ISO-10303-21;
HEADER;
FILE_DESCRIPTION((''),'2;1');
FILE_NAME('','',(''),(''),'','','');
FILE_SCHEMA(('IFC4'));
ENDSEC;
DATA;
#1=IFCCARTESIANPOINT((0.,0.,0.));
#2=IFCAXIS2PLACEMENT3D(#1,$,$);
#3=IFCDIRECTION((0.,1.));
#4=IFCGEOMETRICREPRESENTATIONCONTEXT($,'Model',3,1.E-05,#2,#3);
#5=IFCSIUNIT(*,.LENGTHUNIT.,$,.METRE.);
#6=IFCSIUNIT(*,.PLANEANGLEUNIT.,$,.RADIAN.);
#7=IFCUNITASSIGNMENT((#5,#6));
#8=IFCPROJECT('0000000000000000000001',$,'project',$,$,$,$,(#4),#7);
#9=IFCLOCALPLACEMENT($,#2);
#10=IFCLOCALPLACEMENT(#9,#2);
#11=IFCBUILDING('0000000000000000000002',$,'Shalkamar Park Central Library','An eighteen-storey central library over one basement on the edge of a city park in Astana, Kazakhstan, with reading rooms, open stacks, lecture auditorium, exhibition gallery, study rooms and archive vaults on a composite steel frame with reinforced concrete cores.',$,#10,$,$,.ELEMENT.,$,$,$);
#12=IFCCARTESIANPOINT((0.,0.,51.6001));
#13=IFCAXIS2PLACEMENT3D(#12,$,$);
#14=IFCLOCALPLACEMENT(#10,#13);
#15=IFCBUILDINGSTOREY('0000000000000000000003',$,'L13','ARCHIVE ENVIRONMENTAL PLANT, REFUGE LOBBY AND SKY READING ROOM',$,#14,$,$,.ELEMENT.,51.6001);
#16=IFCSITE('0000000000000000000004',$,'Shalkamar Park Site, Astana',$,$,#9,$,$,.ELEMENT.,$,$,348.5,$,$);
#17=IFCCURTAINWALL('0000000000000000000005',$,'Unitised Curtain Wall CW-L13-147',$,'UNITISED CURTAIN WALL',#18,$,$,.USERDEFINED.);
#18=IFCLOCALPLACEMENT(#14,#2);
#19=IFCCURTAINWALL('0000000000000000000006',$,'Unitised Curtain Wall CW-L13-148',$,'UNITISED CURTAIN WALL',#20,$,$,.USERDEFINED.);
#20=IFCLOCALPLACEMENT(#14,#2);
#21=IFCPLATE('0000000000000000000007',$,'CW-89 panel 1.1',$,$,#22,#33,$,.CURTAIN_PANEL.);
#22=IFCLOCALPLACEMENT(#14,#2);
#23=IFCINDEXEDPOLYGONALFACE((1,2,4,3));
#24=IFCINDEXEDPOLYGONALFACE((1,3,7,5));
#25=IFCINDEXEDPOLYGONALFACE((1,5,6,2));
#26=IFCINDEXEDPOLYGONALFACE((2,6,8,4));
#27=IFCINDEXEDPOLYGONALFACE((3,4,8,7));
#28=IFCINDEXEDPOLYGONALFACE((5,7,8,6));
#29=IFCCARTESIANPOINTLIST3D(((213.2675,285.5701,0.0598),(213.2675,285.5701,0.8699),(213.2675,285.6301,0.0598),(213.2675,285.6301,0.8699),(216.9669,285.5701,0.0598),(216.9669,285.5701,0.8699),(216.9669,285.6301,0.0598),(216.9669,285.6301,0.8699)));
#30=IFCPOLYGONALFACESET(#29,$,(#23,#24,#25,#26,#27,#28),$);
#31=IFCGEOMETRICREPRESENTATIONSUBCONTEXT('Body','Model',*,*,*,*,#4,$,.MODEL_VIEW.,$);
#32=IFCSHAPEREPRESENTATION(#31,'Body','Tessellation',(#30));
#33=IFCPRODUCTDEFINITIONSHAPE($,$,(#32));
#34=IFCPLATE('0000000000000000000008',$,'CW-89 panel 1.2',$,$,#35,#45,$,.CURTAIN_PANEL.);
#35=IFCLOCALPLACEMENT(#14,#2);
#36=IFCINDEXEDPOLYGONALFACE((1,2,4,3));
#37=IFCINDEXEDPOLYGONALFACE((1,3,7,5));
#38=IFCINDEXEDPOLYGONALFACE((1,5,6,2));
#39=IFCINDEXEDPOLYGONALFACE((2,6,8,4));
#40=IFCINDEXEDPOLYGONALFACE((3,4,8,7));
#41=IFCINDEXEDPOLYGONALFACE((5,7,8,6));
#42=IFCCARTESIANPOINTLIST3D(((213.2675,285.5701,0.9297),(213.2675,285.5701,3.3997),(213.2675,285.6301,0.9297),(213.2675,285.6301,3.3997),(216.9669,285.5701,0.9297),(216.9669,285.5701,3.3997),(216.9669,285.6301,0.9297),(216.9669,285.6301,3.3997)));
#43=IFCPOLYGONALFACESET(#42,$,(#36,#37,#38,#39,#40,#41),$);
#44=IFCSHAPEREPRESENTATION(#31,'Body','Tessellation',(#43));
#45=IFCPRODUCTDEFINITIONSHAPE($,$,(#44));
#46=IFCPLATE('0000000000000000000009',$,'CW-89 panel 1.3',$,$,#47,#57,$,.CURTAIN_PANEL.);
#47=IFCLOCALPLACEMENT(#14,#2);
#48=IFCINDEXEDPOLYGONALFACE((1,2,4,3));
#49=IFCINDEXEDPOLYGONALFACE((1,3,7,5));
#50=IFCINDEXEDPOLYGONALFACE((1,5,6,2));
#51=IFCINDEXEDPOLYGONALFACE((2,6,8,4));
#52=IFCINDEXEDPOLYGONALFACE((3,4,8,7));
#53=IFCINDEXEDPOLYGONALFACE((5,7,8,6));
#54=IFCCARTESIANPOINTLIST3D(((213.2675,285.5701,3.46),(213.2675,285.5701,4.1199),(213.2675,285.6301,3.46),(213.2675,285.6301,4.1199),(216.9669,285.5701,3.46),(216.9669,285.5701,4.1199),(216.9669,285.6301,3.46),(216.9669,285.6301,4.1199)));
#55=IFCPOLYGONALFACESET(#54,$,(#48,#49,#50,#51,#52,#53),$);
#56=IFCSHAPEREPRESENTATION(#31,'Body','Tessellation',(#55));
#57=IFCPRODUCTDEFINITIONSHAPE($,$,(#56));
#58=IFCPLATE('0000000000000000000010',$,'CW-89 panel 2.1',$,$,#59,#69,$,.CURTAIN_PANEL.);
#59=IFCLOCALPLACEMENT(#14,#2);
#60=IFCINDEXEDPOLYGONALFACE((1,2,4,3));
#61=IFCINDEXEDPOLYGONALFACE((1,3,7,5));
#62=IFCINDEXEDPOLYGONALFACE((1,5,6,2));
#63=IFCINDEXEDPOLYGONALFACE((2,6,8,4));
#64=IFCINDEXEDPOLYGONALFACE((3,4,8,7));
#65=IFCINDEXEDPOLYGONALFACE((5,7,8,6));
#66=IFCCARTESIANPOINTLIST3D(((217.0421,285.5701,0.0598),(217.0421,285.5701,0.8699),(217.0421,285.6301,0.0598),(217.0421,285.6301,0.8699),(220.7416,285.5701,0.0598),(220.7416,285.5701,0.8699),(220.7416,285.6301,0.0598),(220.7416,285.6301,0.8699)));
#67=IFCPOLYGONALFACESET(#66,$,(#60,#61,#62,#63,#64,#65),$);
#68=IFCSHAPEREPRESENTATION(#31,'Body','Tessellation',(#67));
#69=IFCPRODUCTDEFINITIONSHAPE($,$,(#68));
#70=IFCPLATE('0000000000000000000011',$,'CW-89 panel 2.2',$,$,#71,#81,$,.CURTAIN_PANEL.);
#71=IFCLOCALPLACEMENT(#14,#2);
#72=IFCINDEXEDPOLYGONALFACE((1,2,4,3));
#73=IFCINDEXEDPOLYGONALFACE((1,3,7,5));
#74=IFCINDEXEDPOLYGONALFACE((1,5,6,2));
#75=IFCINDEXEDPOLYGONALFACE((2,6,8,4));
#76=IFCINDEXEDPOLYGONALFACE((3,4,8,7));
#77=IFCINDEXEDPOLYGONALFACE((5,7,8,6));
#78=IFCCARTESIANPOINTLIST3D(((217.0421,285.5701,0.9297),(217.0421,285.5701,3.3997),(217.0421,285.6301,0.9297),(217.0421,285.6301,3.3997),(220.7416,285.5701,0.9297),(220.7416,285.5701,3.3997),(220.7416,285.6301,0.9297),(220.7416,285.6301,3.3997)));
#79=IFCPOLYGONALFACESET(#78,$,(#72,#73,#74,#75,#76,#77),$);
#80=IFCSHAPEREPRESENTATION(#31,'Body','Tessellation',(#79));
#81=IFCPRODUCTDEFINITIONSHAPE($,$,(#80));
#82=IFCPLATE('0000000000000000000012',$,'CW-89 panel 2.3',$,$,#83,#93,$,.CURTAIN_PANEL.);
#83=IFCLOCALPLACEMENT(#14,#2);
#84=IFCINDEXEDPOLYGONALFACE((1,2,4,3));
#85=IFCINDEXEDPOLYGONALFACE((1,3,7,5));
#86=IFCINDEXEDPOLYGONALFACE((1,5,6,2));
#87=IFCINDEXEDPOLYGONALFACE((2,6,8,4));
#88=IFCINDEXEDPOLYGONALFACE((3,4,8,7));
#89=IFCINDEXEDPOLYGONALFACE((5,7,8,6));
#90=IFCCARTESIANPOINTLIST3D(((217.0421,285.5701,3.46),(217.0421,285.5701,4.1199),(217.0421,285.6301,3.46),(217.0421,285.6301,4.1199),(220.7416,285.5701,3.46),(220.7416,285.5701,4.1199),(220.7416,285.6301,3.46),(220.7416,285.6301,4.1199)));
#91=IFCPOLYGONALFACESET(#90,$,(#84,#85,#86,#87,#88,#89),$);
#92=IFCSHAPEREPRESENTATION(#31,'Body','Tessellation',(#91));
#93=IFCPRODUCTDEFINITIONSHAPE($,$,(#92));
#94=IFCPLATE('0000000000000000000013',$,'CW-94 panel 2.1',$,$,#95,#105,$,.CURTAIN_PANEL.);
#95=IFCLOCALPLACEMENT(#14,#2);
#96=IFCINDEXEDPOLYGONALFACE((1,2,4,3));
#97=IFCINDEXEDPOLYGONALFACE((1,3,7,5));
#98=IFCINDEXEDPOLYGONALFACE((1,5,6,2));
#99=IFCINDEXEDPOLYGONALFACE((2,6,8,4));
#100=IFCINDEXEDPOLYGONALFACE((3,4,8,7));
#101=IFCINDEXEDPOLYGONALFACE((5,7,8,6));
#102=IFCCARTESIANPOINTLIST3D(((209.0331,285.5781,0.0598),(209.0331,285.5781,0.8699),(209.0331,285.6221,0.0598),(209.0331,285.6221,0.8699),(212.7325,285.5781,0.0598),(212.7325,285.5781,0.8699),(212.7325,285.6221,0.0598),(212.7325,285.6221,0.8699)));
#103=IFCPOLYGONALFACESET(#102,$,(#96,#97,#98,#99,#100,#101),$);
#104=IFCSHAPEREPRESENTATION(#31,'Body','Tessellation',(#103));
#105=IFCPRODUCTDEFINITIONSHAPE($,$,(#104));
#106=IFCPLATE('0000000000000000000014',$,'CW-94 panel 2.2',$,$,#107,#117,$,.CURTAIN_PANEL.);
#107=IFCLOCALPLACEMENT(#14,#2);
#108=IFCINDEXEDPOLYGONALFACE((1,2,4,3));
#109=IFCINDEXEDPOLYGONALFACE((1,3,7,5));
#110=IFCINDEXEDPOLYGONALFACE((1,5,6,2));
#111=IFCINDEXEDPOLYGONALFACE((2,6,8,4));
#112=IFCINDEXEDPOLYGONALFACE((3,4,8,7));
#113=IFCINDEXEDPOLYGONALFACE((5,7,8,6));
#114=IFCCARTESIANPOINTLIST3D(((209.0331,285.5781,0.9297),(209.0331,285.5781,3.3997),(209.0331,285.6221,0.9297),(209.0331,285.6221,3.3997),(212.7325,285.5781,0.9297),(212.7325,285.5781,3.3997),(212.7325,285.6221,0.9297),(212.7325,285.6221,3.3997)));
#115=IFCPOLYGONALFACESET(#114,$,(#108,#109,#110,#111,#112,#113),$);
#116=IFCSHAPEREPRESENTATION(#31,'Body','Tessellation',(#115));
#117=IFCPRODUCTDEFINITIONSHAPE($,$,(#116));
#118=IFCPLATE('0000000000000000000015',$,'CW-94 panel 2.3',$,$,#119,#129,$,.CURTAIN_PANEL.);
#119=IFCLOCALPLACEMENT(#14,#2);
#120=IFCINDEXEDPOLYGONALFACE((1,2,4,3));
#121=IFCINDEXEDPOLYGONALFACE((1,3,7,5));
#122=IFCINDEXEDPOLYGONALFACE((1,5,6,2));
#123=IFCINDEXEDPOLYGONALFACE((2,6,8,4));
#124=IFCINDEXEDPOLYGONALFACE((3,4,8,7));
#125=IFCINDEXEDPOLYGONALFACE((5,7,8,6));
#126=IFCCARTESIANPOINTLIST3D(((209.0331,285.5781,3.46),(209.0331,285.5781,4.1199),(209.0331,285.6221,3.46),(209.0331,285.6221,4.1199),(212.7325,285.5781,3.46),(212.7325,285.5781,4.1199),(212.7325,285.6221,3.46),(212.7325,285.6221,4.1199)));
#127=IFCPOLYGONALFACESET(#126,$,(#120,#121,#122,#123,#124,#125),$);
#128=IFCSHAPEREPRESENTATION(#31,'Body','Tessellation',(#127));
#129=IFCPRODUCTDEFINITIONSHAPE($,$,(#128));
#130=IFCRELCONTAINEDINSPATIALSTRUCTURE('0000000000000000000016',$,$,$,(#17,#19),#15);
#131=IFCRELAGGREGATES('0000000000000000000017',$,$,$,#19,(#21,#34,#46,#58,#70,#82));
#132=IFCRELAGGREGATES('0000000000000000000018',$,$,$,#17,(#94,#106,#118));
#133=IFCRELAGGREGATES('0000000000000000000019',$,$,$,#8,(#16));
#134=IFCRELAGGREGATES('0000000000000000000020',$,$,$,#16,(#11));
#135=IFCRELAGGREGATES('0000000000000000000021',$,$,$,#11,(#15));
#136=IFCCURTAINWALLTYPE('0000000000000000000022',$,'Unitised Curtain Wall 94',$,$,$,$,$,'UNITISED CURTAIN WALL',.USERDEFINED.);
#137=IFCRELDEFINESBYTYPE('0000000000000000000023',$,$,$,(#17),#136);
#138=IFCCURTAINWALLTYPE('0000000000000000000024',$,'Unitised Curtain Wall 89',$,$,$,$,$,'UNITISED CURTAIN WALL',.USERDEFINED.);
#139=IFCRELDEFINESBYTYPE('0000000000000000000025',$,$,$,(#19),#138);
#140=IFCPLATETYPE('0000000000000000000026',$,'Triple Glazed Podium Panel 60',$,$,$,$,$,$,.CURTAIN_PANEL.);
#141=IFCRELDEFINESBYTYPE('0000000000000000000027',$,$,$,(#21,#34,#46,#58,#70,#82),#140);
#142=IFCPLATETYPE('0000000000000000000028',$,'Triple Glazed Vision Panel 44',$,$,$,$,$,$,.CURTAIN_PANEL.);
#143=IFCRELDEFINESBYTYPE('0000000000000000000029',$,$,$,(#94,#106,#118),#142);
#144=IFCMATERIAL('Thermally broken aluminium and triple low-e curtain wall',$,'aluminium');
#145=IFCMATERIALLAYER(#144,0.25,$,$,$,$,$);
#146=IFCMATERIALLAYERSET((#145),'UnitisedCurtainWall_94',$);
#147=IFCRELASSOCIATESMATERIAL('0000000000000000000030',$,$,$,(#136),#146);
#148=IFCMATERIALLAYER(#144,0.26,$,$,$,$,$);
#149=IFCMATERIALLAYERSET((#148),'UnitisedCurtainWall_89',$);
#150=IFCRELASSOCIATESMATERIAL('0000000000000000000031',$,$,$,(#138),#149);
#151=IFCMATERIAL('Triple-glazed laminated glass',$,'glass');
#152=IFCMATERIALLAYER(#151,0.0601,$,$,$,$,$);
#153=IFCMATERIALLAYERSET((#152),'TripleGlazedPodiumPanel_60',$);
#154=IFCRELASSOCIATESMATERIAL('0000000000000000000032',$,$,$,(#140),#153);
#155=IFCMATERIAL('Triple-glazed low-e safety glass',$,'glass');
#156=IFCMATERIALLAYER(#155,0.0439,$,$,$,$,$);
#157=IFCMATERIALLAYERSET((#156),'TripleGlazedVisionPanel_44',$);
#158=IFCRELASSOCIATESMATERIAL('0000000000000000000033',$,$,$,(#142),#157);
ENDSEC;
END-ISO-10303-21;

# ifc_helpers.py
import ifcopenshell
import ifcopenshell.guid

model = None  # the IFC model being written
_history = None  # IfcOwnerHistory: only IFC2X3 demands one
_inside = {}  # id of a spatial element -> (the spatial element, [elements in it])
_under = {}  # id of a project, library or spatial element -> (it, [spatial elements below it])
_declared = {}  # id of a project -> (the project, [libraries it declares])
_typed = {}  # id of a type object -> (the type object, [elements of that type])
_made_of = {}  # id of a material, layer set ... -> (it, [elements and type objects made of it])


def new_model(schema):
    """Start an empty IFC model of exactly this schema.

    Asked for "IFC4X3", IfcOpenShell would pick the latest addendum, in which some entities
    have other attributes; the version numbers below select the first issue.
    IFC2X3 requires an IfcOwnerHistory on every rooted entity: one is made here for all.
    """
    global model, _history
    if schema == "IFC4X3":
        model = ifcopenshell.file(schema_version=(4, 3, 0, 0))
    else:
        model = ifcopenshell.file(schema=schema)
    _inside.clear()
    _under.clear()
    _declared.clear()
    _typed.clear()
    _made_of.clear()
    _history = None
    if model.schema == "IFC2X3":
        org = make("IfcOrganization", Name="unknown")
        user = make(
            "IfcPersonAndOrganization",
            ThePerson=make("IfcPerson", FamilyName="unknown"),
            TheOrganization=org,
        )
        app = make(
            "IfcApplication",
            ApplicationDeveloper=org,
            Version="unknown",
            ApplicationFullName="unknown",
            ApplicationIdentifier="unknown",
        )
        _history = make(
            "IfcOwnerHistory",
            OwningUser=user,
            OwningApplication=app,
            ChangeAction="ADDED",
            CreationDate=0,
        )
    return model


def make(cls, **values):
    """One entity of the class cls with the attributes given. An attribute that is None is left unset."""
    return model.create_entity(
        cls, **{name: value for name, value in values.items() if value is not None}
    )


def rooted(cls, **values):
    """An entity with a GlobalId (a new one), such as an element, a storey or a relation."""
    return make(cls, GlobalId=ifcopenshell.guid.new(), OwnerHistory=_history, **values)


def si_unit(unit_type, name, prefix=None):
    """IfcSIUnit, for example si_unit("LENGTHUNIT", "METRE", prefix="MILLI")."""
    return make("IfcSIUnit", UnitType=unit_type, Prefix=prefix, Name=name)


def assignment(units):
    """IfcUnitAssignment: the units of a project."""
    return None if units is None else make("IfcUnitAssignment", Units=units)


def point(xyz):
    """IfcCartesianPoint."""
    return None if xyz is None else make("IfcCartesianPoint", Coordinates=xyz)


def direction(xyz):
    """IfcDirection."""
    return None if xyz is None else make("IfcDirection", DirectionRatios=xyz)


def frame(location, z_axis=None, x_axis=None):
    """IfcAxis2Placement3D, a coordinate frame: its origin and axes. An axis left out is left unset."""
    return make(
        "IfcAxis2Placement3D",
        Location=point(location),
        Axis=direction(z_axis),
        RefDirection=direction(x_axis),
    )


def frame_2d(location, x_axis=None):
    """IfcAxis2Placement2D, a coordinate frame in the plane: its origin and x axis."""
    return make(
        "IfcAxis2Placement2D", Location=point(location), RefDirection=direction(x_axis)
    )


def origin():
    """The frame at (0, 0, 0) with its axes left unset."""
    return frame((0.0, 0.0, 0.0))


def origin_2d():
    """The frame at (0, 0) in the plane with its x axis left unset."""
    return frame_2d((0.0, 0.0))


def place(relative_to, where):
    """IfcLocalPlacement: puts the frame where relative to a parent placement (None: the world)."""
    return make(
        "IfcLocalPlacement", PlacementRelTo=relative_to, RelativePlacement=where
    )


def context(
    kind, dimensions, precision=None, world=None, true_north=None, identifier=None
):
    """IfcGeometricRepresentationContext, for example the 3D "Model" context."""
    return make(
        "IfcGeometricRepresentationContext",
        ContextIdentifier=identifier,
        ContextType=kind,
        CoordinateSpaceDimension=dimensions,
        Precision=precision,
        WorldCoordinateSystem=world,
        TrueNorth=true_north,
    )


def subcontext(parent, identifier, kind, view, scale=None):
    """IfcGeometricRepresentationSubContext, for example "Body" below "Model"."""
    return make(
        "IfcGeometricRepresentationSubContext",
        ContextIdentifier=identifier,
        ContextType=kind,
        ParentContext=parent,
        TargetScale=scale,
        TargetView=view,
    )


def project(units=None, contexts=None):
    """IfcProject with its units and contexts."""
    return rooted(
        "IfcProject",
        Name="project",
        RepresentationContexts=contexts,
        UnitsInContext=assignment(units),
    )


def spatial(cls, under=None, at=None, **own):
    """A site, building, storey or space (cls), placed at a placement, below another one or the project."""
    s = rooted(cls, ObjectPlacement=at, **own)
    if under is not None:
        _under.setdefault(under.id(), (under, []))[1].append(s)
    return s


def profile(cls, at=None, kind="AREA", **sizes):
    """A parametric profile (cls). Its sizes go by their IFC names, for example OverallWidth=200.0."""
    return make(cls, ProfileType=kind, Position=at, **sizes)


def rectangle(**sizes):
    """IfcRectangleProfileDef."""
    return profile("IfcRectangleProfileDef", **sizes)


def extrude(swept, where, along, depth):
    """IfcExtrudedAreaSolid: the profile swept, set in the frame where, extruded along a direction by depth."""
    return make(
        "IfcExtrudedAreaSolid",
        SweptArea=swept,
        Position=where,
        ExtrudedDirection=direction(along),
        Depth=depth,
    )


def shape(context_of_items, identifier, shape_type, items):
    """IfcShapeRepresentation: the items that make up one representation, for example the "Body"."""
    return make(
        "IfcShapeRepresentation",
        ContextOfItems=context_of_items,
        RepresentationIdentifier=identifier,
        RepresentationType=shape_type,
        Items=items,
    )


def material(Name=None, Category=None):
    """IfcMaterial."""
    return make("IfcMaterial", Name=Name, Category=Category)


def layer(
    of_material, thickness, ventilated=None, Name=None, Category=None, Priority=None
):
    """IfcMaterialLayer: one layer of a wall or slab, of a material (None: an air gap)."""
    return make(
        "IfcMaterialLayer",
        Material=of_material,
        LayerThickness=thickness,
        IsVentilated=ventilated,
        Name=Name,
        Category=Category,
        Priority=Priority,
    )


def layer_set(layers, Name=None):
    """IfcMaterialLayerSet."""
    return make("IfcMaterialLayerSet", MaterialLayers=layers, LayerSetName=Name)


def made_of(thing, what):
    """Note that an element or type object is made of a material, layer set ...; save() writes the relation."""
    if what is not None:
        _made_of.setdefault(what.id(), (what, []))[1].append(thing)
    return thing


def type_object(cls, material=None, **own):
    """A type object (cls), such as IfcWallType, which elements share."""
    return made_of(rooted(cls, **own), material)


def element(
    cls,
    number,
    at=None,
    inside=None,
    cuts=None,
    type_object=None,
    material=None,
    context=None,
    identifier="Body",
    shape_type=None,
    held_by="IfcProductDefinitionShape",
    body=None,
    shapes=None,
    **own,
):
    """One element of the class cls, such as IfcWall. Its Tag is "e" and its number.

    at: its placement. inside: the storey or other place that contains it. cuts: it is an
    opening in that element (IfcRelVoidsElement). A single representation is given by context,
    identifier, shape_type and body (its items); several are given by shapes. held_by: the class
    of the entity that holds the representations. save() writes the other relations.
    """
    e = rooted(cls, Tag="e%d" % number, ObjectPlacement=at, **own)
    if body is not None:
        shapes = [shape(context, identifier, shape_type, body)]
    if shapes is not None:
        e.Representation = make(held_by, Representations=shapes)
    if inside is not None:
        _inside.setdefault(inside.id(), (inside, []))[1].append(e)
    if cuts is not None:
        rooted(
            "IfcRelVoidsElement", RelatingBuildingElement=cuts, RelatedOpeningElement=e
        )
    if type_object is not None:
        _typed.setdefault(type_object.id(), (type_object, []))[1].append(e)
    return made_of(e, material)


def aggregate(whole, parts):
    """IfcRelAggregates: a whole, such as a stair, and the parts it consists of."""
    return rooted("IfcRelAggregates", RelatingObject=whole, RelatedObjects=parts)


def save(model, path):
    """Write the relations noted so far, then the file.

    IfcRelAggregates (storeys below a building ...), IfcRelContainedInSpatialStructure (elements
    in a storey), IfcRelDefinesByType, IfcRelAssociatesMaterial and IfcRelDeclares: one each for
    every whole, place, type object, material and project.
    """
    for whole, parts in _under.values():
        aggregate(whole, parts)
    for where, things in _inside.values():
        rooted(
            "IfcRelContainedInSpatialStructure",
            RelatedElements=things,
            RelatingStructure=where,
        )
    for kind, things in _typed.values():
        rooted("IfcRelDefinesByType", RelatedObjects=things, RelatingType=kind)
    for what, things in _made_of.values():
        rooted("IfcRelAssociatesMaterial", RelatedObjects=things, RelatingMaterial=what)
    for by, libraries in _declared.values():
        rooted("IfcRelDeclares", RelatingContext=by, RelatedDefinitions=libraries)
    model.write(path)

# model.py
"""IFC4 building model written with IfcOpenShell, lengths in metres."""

from ifc_helpers import new_model, si_unit, direction, frame, origin, origin_2d, place, context, subcontext, project, spatial, rectangle, extrude, material, layer, layer_set, type_object, element, aggregate, save


model = new_model("IFC4")

# Units and contexts
model_context = context("Model", 3, precision=1e-05, world=origin(), true_north=direction((0.0, 1.0)))
body_context = subcontext(model_context, "Body", "Model", "MODEL_VIEW")
ifc_project = project(units=[si_unit("LENGTHUNIT", "METRE"), si_unit("PLANEANGLEUNIT", "RADIAN")], contexts=[model_context])

# Site, building, storey
site_placement = place(None, origin())
site = spatial("IfcSite", under=ifc_project, at=site_placement, Name="Shalkamar Park Site, Astana", CompositionType="ELEMENT", RefElevation=348.5)
building_placement = place(site_placement, origin())
building = spatial("IfcBuilding", under=site, at=building_placement, Name="Shalkamar Park Central Library", Description="An eighteen-storey central library over one basement on the edge of a city park in Astana, Kazakhstan, with reading rooms, open stacks, lecture auditorium, exhibition gallery, study rooms and archive vaults on a composite steel frame with reinforced concrete cores.", CompositionType="ELEMENT")
storey_placement = place(building_placement, frame((0.0, 0.0, 51.6001)))
storey = spatial("IfcBuildingStorey", under=building, at=storey_placement, Name="L13", Description="ARCHIVE ENVIRONMENTAL PLANT, REFUGE LOBBY AND SKY READING ROOM", CompositionType="ELEMENT", Elevation=51.6001)

# Curtain wall
ifc_material_1 = material(Name="Thermally broken aluminium and triple low-e curtain wall", Category="aluminium")
ifc_layer_1 = layer(ifc_material_1, 0.25)
ifc_layer_set_1 = layer_set([ifc_layer_1], Name="UnitisedCurtainWall_94")
curtain_wall_type_1 = type_object("IfcCurtainWallType", Name="Unitised Curtain Wall 94", ElementType="UNITISED CURTAIN WALL", PredefinedType="USERDEFINED", material=ifc_layer_set_1)
curtain_wall_1_placement = place(storey_placement, origin())
curtain_wall_1 = element("IfcCurtainWall", 1, at=curtain_wall_1_placement, inside=storey, type_object=curtain_wall_type_1, Name="Unitised Curtain Wall CW-L13-147", ObjectType="UNITISED CURTAIN WALL", PredefinedType="USERDEFINED")

# Curtain wall
ifc_layer_2 = layer(ifc_material_1, 0.26)
ifc_layer_set_2 = layer_set([ifc_layer_2], Name="UnitisedCurtainWall_89")
curtain_wall_type_2 = type_object("IfcCurtainWallType", Name="Unitised Curtain Wall 89", ElementType="UNITISED CURTAIN WALL", PredefinedType="USERDEFINED", material=ifc_layer_set_2)
curtain_wall_2_placement = place(storey_placement, origin())
curtain_wall_2 = element("IfcCurtainWall", 2, at=curtain_wall_2_placement, inside=storey, type_object=curtain_wall_type_2, Name="Unitised Curtain Wall CW-L13-148", ObjectType="UNITISED CURTAIN WALL", PredefinedType="USERDEFINED")

# Plates
ifc_material_2 = material(Name="Triple-glazed laminated glass", Category="glass")
ifc_layer_3 = layer(ifc_material_2, 0.0601)
ifc_layer_set_3 = layer_set([ifc_layer_3], Name="TripleGlazedPodiumPanel_60")
plate_type_1 = type_object("IfcPlateType", Name="Triple Glazed Podium Panel 60", PredefinedType="CURTAIN_PANEL", material=ifc_layer_set_3)
plate_1_placement = place(storey_placement, frame((215.1172, 285.6001, 0.0598), z_axis=(0.0, 0.0, 1.0), x_axis=(1.0, 0.0, 0.0)))
plate_1 = element("IfcPlate", 3, at=plate_1_placement, type_object=plate_type_1, Name="CW-89 panel 1.1", PredefinedType="CURTAIN_PANEL", context=body_context, shape_type="SweptSolid", body=[
    extrude(rectangle(XDim=3.6995, YDim=0.0601, at=origin_2d()), origin(), (0.0, 0.0, 1.0), 0.8101),
])
plate_2_placement = place(storey_placement, frame((215.1172, 285.6001, 0.9297), z_axis=(0.0, 0.0, 1.0), x_axis=(1.0, 0.0, 0.0)))
plate_2 = element("IfcPlate", 4, at=plate_2_placement, type_object=plate_type_1, Name="CW-89 panel 1.2", PredefinedType="CURTAIN_PANEL", context=body_context, shape_type="SweptSolid", body=[
    extrude(rectangle(XDim=3.6995, YDim=0.0601, at=origin_2d()), origin(), (0.0, 0.0, 1.0), 2.47),
])
plate_3_placement = place(storey_placement, frame((215.1172, 285.6001, 3.46), z_axis=(0.0, 0.0, 1.0), x_axis=(1.0, 0.0, 0.0)))
plate_3 = element("IfcPlate", 5, at=plate_3_placement, type_object=plate_type_1, Name="CW-89 panel 1.3", PredefinedType="CURTAIN_PANEL", context=body_context, shape_type="SweptSolid", body=[
    extrude(rectangle(XDim=3.6995, YDim=0.0601, at=origin_2d()), origin(), (0.0, 0.0, 1.0), 0.6599),
])
plate_4_placement = place(storey_placement, frame((218.8918, 285.6001, 0.0598), z_axis=(0.0, 0.0, 1.0), x_axis=(1.0, 0.0, 0.0)))
plate_4 = element("IfcPlate", 6, at=plate_4_placement, type_object=plate_type_1, Name="CW-89 panel 2.1", PredefinedType="CURTAIN_PANEL", context=body_context, shape_type="SweptSolid", body=[
    extrude(rectangle(XDim=3.6995, YDim=0.0601, at=origin_2d()), origin(), (0.0, 0.0, 1.0), 0.8101),
])
plate_5_placement = place(storey_placement, frame((218.8918, 285.6001, 0.9297), z_axis=(0.0, 0.0, 1.0), x_axis=(1.0, 0.0, 0.0)))
plate_5 = element("IfcPlate", 7, at=plate_5_placement, type_object=plate_type_1, Name="CW-89 panel 2.2", PredefinedType="CURTAIN_PANEL", context=body_context, shape_type="SweptSolid", body=[
    extrude(rectangle(XDim=3.6995, YDim=0.0601, at=origin_2d()), origin(), (0.0, 0.0, 1.0), 2.47),
])
plate_6_placement = place(storey_placement, frame((218.8918, 285.6001, 3.46), z_axis=(0.0, 0.0, 1.0), x_axis=(1.0, 0.0, 0.0)))
plate_6 = element("IfcPlate", 8, at=plate_6_placement, type_object=plate_type_1, Name="CW-89 panel 2.3", PredefinedType="CURTAIN_PANEL", context=body_context, shape_type="SweptSolid", body=[
    extrude(rectangle(XDim=3.6995, YDim=0.0601, at=origin_2d()), origin(), (0.0, 0.0, 1.0), 0.6599),
])
aggregate(curtain_wall_2, [plate_1, plate_2, plate_3, plate_4, plate_5, plate_6])
ifc_material_3 = material(Name="Triple-glazed low-e safety glass", Category="glass")
ifc_layer_4 = layer(ifc_material_3, 0.0439)
ifc_layer_set_4 = layer_set([ifc_layer_4], Name="TripleGlazedVisionPanel_44")
plate_type_2 = type_object("IfcPlateType", Name="Triple Glazed Vision Panel 44", PredefinedType="CURTAIN_PANEL", material=ifc_layer_set_4)
plate_7_placement = place(storey_placement, frame((210.8828, 285.6001, 0.0598), z_axis=(0.0, 0.0, 1.0), x_axis=(1.0, 0.0, 0.0)))
plate_7 = element("IfcPlate", 9, at=plate_7_placement, type_object=plate_type_2, Name="CW-94 panel 2.1", PredefinedType="CURTAIN_PANEL", context=body_context, shape_type="SweptSolid", body=[
    extrude(rectangle(XDim=3.6995, YDim=0.0439, at=origin_2d()), origin(), (0.0, 0.0, 1.0), 0.8101),
])
plate_8_placement = place(storey_placement, frame((210.8828, 285.6001, 0.9297), z_axis=(0.0, 0.0, 1.0), x_axis=(1.0, 0.0, 0.0)))
plate_8 = element("IfcPlate", 10, at=plate_8_placement, type_object=plate_type_2, Name="CW-94 panel 2.2", PredefinedType="CURTAIN_PANEL", context=body_context, shape_type="SweptSolid", body=[
    extrude(rectangle(XDim=3.6995, YDim=0.0439, at=origin_2d()), origin(), (0.0, 0.0, 1.0), 2.47),
])
plate_9_placement = place(storey_placement, frame((210.8828, 285.6001, 3.46), z_axis=(0.0, 0.0, 1.0), x_axis=(1.0, 0.0, 0.0)))
plate_9 = element("IfcPlate", 11, at=plate_9_placement, type_object=plate_type_2, Name="CW-94 panel 2.3", PredefinedType="CURTAIN_PANEL", context=body_context, shape_type="SweptSolid", body=[
    extrude(rectangle(XDim=3.6995, YDim=0.0439, at=origin_2d()), origin(), (0.0, 0.0, 1.0), 0.6599),
])
aggregate(curtain_wall_1, [plate_7, plate_8, plate_9])

save(model, "model.ifc")
